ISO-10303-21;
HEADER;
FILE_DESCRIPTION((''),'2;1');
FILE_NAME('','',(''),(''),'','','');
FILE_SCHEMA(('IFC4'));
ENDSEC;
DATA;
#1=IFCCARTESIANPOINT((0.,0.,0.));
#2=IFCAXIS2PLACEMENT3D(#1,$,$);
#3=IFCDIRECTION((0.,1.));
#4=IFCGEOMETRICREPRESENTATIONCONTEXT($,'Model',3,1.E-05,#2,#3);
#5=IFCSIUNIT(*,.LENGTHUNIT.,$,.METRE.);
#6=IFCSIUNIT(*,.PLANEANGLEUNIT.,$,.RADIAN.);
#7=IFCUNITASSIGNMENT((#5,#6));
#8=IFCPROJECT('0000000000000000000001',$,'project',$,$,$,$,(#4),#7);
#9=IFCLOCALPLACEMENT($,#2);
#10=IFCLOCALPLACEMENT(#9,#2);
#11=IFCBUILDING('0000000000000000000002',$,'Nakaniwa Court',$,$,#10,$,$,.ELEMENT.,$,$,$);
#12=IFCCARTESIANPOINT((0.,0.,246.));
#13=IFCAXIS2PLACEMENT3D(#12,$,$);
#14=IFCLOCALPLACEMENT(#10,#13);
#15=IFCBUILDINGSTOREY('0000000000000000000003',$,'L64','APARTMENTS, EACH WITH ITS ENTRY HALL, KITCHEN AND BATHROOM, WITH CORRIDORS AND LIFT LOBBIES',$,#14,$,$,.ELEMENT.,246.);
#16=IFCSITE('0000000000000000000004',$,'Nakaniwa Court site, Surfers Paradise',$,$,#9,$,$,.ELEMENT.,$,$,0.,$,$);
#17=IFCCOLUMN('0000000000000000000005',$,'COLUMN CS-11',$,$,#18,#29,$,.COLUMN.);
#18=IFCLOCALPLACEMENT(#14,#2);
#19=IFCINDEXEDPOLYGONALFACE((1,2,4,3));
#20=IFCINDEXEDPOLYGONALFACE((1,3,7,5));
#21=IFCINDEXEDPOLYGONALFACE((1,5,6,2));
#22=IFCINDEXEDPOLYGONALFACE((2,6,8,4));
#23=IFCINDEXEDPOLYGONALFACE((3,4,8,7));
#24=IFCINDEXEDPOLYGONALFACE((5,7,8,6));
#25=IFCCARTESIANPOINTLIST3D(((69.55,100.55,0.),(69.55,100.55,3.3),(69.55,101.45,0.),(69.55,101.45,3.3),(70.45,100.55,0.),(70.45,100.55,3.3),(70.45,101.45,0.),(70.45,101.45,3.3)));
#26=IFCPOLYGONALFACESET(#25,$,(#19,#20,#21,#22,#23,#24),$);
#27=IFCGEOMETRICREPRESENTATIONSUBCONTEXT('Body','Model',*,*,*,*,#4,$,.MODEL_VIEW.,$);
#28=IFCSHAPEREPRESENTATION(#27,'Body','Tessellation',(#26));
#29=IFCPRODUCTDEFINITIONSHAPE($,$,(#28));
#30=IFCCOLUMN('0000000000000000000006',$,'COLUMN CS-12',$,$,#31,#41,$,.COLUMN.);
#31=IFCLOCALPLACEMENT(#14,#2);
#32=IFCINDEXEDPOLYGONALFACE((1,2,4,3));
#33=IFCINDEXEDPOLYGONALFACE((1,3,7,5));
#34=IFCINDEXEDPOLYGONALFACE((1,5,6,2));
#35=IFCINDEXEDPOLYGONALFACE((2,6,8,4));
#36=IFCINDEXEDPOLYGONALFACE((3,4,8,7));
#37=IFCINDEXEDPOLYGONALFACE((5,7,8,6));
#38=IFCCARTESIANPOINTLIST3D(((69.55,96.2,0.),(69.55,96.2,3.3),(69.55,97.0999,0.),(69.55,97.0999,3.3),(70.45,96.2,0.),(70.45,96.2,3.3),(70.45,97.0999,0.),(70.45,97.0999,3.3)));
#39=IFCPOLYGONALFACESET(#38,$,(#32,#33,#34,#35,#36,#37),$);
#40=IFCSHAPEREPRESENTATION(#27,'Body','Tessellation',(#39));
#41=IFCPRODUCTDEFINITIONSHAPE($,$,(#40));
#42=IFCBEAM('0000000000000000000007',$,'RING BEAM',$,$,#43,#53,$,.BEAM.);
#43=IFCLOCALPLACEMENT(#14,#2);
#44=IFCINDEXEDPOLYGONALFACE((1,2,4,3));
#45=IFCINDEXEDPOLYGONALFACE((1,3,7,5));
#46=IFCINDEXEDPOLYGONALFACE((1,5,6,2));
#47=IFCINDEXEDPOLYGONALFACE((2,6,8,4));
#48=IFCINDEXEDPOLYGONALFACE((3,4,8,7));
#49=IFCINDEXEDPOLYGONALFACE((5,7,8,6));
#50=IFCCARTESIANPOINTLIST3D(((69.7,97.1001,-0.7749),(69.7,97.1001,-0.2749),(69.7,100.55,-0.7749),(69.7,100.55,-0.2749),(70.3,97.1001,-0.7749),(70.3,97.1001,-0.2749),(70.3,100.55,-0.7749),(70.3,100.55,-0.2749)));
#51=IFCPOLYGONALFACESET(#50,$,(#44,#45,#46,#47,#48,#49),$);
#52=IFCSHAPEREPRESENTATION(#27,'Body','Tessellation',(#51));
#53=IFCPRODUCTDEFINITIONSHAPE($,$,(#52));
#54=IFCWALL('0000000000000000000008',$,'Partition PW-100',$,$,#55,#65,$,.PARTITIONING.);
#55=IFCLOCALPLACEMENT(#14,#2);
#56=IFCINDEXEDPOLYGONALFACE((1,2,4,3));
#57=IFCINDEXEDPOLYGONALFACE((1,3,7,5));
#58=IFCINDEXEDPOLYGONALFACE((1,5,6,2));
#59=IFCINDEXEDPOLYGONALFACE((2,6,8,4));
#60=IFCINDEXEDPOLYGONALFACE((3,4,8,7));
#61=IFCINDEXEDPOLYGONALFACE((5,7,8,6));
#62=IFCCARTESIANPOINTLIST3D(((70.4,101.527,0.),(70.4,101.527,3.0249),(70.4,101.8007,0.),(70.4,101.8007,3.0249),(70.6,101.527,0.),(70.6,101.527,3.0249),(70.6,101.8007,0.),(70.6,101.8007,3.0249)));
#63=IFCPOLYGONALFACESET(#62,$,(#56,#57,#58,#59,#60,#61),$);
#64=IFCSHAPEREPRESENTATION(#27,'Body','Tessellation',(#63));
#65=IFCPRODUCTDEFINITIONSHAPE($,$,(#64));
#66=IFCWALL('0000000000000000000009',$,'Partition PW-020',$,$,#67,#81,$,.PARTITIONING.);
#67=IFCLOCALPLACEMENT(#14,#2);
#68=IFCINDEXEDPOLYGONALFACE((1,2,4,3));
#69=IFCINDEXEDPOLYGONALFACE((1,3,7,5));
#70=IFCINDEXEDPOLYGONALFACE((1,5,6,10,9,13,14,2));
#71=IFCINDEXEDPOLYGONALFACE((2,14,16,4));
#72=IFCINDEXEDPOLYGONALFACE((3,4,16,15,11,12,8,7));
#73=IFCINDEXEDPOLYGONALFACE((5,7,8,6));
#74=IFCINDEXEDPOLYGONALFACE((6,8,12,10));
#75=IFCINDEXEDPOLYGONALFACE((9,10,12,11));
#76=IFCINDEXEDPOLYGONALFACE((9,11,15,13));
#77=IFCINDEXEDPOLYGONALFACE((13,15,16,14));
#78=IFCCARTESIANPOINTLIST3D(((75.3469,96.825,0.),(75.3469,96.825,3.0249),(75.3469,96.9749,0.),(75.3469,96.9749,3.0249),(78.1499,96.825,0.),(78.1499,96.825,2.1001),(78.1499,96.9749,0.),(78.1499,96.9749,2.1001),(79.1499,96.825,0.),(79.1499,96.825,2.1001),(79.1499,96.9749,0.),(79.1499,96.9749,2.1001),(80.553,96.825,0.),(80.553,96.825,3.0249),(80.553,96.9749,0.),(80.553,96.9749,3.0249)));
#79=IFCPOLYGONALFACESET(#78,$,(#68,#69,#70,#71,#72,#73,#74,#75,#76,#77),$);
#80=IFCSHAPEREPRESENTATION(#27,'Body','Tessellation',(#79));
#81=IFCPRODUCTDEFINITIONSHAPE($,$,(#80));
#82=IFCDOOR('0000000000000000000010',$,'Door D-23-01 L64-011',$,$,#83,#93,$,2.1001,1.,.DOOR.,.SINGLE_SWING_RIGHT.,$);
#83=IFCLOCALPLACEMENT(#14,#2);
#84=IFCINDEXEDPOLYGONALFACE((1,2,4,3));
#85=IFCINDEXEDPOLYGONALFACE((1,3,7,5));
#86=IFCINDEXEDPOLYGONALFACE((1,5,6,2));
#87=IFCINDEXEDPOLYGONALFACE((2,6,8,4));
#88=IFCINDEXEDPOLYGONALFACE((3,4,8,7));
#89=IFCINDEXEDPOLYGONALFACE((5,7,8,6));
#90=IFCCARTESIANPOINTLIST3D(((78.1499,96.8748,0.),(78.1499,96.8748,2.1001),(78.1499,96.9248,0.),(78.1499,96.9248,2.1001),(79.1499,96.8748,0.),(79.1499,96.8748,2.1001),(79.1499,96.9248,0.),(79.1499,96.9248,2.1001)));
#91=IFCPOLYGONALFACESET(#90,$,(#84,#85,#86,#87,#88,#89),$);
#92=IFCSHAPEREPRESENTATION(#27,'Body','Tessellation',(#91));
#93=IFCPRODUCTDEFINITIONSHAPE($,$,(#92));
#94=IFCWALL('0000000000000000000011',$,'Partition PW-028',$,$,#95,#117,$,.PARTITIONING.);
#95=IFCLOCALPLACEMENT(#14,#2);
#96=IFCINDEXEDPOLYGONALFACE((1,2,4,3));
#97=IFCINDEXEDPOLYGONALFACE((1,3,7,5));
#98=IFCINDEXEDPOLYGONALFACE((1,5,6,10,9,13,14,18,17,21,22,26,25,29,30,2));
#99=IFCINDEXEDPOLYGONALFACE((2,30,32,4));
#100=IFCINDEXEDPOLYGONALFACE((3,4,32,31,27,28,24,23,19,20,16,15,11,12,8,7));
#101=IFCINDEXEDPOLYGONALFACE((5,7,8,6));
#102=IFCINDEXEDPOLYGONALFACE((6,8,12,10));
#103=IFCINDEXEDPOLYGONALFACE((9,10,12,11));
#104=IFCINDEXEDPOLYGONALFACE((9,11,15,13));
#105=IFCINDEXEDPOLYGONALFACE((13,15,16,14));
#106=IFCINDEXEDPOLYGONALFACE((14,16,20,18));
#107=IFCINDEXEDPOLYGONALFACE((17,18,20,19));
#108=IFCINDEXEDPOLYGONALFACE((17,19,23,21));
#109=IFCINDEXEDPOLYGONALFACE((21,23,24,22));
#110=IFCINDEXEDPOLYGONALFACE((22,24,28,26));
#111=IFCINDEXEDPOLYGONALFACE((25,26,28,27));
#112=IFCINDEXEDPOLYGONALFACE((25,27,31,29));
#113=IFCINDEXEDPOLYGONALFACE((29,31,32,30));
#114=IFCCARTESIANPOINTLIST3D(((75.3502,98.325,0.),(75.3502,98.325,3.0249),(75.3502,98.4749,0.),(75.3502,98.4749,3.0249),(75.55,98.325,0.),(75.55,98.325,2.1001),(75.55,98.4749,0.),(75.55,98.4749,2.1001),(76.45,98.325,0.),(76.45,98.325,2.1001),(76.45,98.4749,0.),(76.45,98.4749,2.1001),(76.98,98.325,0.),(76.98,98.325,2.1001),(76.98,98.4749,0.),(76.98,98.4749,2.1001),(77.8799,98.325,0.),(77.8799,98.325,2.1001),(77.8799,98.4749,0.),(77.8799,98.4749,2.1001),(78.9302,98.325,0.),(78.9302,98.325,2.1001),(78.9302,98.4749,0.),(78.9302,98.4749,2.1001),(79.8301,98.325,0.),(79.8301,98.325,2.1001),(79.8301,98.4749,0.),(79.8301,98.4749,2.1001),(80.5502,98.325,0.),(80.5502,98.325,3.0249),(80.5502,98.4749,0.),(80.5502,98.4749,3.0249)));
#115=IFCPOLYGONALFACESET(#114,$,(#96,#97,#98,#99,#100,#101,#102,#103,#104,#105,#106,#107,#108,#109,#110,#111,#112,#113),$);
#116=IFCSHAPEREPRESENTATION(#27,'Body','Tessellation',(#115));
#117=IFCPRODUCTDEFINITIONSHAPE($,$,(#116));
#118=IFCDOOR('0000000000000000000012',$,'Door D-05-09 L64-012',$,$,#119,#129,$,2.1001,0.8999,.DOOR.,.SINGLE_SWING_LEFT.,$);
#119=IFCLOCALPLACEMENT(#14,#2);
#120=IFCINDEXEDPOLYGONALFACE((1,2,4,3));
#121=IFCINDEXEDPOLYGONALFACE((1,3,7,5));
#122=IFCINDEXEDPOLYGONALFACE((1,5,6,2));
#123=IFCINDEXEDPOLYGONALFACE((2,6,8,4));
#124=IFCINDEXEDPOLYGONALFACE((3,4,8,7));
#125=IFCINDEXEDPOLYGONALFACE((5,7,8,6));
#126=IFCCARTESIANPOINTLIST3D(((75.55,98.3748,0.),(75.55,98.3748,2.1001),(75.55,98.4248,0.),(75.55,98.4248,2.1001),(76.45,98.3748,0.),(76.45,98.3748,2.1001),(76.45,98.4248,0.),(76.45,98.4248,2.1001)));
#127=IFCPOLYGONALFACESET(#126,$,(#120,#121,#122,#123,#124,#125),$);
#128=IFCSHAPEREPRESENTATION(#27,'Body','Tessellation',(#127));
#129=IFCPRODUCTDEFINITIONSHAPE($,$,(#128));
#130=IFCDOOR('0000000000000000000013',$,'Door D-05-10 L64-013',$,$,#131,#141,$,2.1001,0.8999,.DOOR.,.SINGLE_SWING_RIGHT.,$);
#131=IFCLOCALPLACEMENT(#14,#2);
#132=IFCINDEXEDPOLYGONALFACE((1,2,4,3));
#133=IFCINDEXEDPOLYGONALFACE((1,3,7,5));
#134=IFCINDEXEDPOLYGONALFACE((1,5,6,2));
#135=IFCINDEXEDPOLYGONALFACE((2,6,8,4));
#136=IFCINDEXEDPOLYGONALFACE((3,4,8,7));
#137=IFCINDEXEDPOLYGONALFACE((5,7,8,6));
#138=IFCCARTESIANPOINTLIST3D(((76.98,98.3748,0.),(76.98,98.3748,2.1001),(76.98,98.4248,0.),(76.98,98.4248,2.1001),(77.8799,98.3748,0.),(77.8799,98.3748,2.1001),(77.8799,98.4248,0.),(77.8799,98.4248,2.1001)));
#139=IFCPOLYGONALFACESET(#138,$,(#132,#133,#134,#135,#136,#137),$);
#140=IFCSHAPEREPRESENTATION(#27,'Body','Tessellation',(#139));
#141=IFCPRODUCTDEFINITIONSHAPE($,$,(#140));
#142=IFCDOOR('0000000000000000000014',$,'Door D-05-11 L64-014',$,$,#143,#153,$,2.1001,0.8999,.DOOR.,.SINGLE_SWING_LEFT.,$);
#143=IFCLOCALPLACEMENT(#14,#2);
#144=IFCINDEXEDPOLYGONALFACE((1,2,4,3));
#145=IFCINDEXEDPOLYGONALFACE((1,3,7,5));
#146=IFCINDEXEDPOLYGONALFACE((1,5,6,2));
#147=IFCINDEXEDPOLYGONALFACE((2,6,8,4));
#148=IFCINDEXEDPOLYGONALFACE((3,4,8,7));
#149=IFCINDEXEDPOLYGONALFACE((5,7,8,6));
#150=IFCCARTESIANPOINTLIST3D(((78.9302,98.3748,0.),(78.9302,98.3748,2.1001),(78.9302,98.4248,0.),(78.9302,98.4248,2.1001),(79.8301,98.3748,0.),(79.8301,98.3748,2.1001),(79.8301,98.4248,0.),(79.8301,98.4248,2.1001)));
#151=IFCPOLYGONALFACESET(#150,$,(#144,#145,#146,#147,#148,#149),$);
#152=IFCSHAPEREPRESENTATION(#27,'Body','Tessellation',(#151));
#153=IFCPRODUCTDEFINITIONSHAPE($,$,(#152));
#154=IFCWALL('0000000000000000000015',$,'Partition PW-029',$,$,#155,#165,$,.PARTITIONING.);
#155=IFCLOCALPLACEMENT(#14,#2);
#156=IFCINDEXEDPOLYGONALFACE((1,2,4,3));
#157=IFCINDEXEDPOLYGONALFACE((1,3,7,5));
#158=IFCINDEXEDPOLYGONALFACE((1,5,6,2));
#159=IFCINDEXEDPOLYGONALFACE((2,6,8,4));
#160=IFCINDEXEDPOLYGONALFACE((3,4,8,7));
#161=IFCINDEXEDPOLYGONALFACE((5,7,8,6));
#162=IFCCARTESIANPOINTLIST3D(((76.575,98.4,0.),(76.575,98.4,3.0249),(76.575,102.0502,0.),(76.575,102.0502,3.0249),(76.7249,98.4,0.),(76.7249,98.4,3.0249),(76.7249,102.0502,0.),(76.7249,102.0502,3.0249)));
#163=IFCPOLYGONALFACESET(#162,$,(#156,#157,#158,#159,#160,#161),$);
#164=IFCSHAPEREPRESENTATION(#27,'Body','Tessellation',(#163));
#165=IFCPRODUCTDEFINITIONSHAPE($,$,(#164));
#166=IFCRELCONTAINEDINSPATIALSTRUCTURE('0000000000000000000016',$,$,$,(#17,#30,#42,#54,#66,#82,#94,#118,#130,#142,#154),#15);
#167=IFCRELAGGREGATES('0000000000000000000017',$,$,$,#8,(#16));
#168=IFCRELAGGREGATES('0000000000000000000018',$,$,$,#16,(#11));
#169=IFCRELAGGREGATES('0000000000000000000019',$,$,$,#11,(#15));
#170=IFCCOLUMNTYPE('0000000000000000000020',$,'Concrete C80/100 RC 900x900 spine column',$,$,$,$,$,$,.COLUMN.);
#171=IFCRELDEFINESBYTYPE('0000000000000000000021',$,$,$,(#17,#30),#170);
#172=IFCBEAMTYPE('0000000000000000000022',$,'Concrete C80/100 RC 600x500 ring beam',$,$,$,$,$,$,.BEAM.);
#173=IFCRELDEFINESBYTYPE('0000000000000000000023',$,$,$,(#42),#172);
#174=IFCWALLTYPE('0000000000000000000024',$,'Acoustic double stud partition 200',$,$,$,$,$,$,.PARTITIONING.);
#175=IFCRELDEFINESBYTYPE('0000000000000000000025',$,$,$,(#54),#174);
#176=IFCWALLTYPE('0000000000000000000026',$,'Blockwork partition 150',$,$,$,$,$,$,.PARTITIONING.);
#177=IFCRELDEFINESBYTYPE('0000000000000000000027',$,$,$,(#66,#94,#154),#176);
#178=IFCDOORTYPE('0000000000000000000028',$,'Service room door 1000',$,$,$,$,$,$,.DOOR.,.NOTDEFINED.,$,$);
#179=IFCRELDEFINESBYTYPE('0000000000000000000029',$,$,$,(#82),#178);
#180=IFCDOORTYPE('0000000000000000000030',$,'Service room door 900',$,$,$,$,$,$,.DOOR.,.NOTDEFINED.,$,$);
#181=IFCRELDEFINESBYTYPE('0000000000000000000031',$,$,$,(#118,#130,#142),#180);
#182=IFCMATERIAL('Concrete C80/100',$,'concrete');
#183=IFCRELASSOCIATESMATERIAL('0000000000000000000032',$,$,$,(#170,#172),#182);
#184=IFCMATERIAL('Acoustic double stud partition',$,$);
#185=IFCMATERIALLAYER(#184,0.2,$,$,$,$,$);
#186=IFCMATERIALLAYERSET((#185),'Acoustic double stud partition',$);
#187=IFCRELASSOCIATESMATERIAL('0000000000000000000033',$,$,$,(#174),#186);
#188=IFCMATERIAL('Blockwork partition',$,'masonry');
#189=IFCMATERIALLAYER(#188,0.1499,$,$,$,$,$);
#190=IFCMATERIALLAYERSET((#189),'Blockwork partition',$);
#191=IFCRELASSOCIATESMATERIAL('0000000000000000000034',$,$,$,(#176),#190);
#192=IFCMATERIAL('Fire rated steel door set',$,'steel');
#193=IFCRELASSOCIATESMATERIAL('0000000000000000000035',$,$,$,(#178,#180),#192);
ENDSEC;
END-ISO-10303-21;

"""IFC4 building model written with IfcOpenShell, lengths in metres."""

from ifc_helpers import new_model, si_unit, direction, frame, frame_2d, origin, origin_2d, place, context, subcontext, project, spatial, rectangle, extrude, material, layer, layer_set, material_profile, profile_set, type_object, element, fill, save


model = new_model("IFC4")

# Units and contexts
model_context = context("Model", 3, precision=1e-05, world=origin(), true_north=direction((0.0, 1.0)))
body_context = subcontext(model_context, "Body", "Model", "MODEL_VIEW")
ifc_project = project(units=[si_unit("LENGTHUNIT", "METRE"), si_unit("PLANEANGLEUNIT", "RADIAN")], contexts=[model_context])

# Site, building, storey
site_placement = place(None, origin())
site = spatial("IfcSite", under=ifc_project, at=site_placement, Name="Nakaniwa Court site, Surfers Paradise", CompositionType="ELEMENT", RefElevation=0.0)
building_placement = place(site_placement, origin())
building = spatial("IfcBuilding", under=site, at=building_placement, Name="Nakaniwa Court", CompositionType="ELEMENT")
storey_placement = place(building_placement, frame((0.0, 0.0, 246.0)))
storey = spatial("IfcBuildingStorey", under=building, at=storey_placement, Name="L64", Description="APARTMENTS, EACH WITH ITS ENTRY HALL, KITCHEN AND BATHROOM, WITH CORRIDORS AND LIFT LOBBIES", CompositionType="ELEMENT", Elevation=246.0)

# Columns
ifc_material_1 = material(Name="Concrete C80/100", Category="concrete")
ifc_material_profile_1 = material_profile(ifc_material_1, rectangle(XDim=0.8999, YDim=0.8999, at=origin_2d()), Name="Concrete C80/100 RC 900x900 spine column")
ifc_profile_set_1 = profile_set([ifc_material_profile_1], Name="Concrete C80/100")
column_type = type_object("IfcColumnType", Name="Concrete C80/100 RC 900x900 spine column", PredefinedType="COLUMN", material=ifc_profile_set_1)
for number, where, z_axis, x_axis, name in (
    (1, (70.0, 101.0, 0.0), (0.0, 0.0, 1.0), (0.0, -1.0, 0.0), "COLUMN CS-11"),
    (2, (70.0, 96.6499, 0.0), (0.0, 0.0, 1.0), (0.0, -1.0, 0.0), "COLUMN CS-12"),
):
    element("IfcColumn", number, at=place(storey_placement, frame(where, z_axis=z_axis, x_axis=x_axis)), inside=storey, type_object=column_type, Name=name, PredefinedType="COLUMN", context=body_context, shape_type="SweptSolid", body=[
        extrude(rectangle(XDim=0.8999, YDim=0.8999, at=origin_2d()), origin(), (0.0, 0.0, 1.0), 3.3),
    ])

# Beam
ifc_material_profile_2 = material_profile(ifc_material_1, rectangle(XDim=0.6001, YDim=0.5, at=origin_2d()), Name="Concrete C80/100 RC 600x500 ring beam")
ifc_profile_set_2 = profile_set([ifc_material_profile_2], Name="Concrete C80/100")
beam_type = type_object("IfcBeamType", Name="Concrete C80/100 RC 600x500 ring beam", PredefinedType="BEAM", material=ifc_profile_set_2)
beam_placement = place(storey_placement, frame((70.0, 100.55, -0.5249), z_axis=(0.0, -1.0, 0.0), x_axis=(1.0, 0.0, 0.0)))
element("IfcBeam", 3, at=beam_placement, inside=storey, type_object=beam_type, Name="RING BEAM", PredefinedType="BEAM", context=body_context, shape_type="SweptSolid", body=[
    extrude(rectangle(XDim=0.6001, YDim=0.5, at=origin_2d()), origin(), (0.0, 0.0, 1.0), 3.45),
])

# Wall
ifc_material_2 = material(Name="Acoustic double stud partition")
ifc_layer_1 = layer(ifc_material_2, 0.2)
ifc_layer_set_1 = layer_set([ifc_layer_1], Name="Acoustic double stud partition")
wall_type_1 = type_object("IfcWallType", Name="Acoustic double stud partition 200", PredefinedType="PARTITIONING", material=ifc_layer_set_1)
wall_1_placement = place(storey_placement, frame((70.5, 101.5271, 0.0), z_axis=(0.0, 0.0, 1.0), x_axis=(0.0, 1.0, 0.0)))
element("IfcWall", 4, at=wall_1_placement, inside=storey, type_object=wall_type_1, Name="Partition PW-100", PredefinedType="PARTITIONING", context=body_context, shape_type="SweptSolid", body=[
    extrude(rectangle(XDim=0.2737, YDim=0.2, at=frame_2d((0.1367, 0.0))), origin(), (0.0, 0.0, 1.0), 3.0249),
])

# Wall, opening, door
ifc_material_3 = material(Name="Blockwork partition", Category="masonry")
ifc_layer_2 = layer(ifc_material_3, 0.1499)
ifc_layer_set_2 = layer_set([ifc_layer_2], Name="Blockwork partition")
wall_type_2 = type_object("IfcWallType", Name="Blockwork partition 150", PredefinedType="PARTITIONING", material=ifc_layer_set_2)
wall_2_placement = place(storey_placement, frame((75.3469, 96.8999, 0.0), z_axis=(0.0, 0.0, 1.0), x_axis=(1.0, 0.0, 0.0)))
wall_2 = element("IfcWall", 5, at=wall_2_placement, inside=storey, type_object=wall_type_2, Name="Partition PW-020", PredefinedType="PARTITIONING", context=body_context, shape_type="SweptSolid", body=[
    extrude(rectangle(XDim=5.2061, YDim=0.1499, at=frame_2d((2.603, 0.0))), origin(), (0.0, 0.0, 1.0), 3.0249),
])
opening_1_placement = place(wall_2_placement, frame((2.803, 0.0, 0.0)))
opening_1 = element("IfcOpeningElement", 6, at=opening_1_placement, cuts=wall_2, PredefinedType="OPENING", context=body_context, shape_type="SweptSolid", body=[
    extrude(rectangle(XDim=1.0, YDim=2.1001, at=frame_2d((0.5, 1.05))), frame((0.0, 0.085, 0.0), z_axis=(0.0, -1.0, 0.0), x_axis=(1.0, 0.0, 0.0)), (0.0, 0.0, 1.0), 0.1699),
])
ifc_material_4 = material(Name="Fire rated steel door set", Category="steel")
door_type_1 = type_object("IfcDoorType", Name="Service room door 1000", OperationType="NOTDEFINED", PredefinedType="DOOR", material=ifc_material_4)
door_1_placement = place(opening_1_placement, origin())
door_1 = element("IfcDoor", 7, at=door_1_placement, inside=storey, type_object=door_type_1, Name="Door D-23-01 L64-011", OperationType="SINGLE_SWING_RIGHT", OverallHeight=2.1001, OverallWidth=1.0, PredefinedType="DOOR", context=body_context, shape_type="SweptSolid", body=[
    extrude(rectangle(XDim=1.0, YDim=2.1001, at=frame_2d((0.5, 1.05))), frame((0.0, 0.0249, 0.0), z_axis=(0.0, -1.0, 0.0), x_axis=(1.0, 0.0, 0.0)), (0.0, 0.0, 1.0), 0.05),
])
fill(opening_1, door_1)

# Wall, openings, doors
wall_3_placement = place(storey_placement, frame((75.3501, 98.3999, 0.0), z_axis=(0.0, 0.0, 1.0), x_axis=(1.0, 0.0, 0.0)))
wall_3 = element("IfcWall", 8, at=wall_3_placement, inside=storey, type_object=wall_type_2, Name="Partition PW-028", PredefinedType="PARTITIONING", context=body_context, shape_type="SweptSolid", body=[
    extrude(rectangle(XDim=5.2, YDim=0.1499, at=frame_2d((2.6001, 0.0))), origin(), (0.0, 0.0, 1.0), 3.0249),
])
opening_2_placement = place(wall_3_placement, frame((0.2, 0.0, 0.0)))
opening_2 = element("IfcOpeningElement", 9, at=opening_2_placement, cuts=wall_3, PredefinedType="OPENING", context=body_context, shape_type="SweptSolid", body=[
    extrude(rectangle(XDim=0.8999, YDim=2.1001, at=frame_2d((0.45, 1.05))), frame((0.0, 0.085, 0.0), z_axis=(0.0, -1.0, 0.0), x_axis=(1.0, 0.0, 0.0)), (0.0, 0.0, 1.0), 0.1699),
])
opening_3_placement = place(wall_3_placement, frame((1.6299, 0.0, 0.0)))
opening_3 = element("IfcOpeningElement", 10, at=opening_3_placement, cuts=wall_3, PredefinedType="OPENING", context=body_context, shape_type="SweptSolid", body=[
    extrude(rectangle(XDim=0.8999, YDim=2.1001, at=frame_2d((0.45, 1.05))), frame((0.0, 0.085, 0.0), z_axis=(0.0, -1.0, 0.0), x_axis=(1.0, 0.0, 0.0)), (0.0, 0.0, 1.0), 0.1699),
])
opening_4_placement = place(wall_3_placement, frame((3.5801, 0.0, 0.0)))
opening_4 = element("IfcOpeningElement", 11, at=opening_4_placement, cuts=wall_3, PredefinedType="OPENING", context=body_context, shape_type="SweptSolid", body=[
    extrude(rectangle(XDim=0.8999, YDim=2.1001, at=frame_2d((0.45, 1.05))), frame((0.0, 0.085, 0.0), z_axis=(0.0, -1.0, 0.0), x_axis=(1.0, 0.0, 0.0)), (0.0, 0.0, 1.0), 0.1699),
])
door_type_2 = type_object("IfcDoorType", Name="Service room door 900", OperationType="NOTDEFINED", PredefinedType="DOOR", material=ifc_material_4)
door_2_placement = place(opening_2_placement, origin())
door_2 = element("IfcDoor", 12, at=door_2_placement, inside=storey, type_object=door_type_2, Name="Door D-05-09 L64-012", OperationType="SINGLE_SWING_LEFT", OverallHeight=2.1001, OverallWidth=0.8999, PredefinedType="DOOR", context=body_context, shape_type="SweptSolid", body=[
    extrude(rectangle(XDim=0.8999, YDim=2.1001, at=frame_2d((0.45, 1.05))), frame((0.0, 0.0249, 0.0), z_axis=(0.0, -1.0, 0.0), x_axis=(1.0, 0.0, 0.0)), (0.0, 0.0, 1.0), 0.05),
])
fill(opening_2, door_2)
door_3_placement = place(opening_3_placement, origin())
door_3 = element("IfcDoor", 13, at=door_3_placement, inside=storey, type_object=door_type_2, Name="Door D-05-10 L64-013", OperationType="SINGLE_SWING_RIGHT", OverallHeight=2.1001, OverallWidth=0.8999, PredefinedType="DOOR", context=body_context, shape_type="SweptSolid", body=[
    extrude(rectangle(XDim=0.8999, YDim=2.1001, at=frame_2d((0.45, 1.05))), frame((0.0, 0.0249, 0.0), z_axis=(0.0, -1.0, 0.0), x_axis=(1.0, 0.0, 0.0)), (0.0, 0.0, 1.0), 0.05),
])
fill(opening_3, door_3)
door_4_placement = place(opening_4_placement, origin())
door_4 = element("IfcDoor", 14, at=door_4_placement, inside=storey, type_object=door_type_2, Name="Door D-05-11 L64-014", OperationType="SINGLE_SWING_LEFT", OverallHeight=2.1001, OverallWidth=0.8999, PredefinedType="DOOR", context=body_context, shape_type="SweptSolid", body=[
    extrude(rectangle(XDim=0.8999, YDim=2.1001, at=frame_2d((0.45, 1.05))), frame((0.0, 0.0249, 0.0), z_axis=(0.0, -1.0, 0.0), x_axis=(1.0, 0.0, 0.0)), (0.0, 0.0, 1.0), 0.05),
])
fill(opening_4, door_4)

# Wall
wall_4_placement = place(storey_placement, frame((76.6499, 98.3999, 0.0), z_axis=(0.0, 0.0, 1.0), x_axis=(0.0, 1.0, 0.0)))
element("IfcWall", 15, at=wall_4_placement, inside=storey, type_object=wall_type_2, Name="Partition PW-029", PredefinedType="PARTITIONING", context=body_context, shape_type="SweptSolid", body=[
    extrude(rectangle(XDim=3.6501, YDim=0.1499, at=frame_2d((1.8252, 0.0))), origin(), (0.0, 0.0, 1.0), 3.0249),
])

save(model, "model.ifc")
